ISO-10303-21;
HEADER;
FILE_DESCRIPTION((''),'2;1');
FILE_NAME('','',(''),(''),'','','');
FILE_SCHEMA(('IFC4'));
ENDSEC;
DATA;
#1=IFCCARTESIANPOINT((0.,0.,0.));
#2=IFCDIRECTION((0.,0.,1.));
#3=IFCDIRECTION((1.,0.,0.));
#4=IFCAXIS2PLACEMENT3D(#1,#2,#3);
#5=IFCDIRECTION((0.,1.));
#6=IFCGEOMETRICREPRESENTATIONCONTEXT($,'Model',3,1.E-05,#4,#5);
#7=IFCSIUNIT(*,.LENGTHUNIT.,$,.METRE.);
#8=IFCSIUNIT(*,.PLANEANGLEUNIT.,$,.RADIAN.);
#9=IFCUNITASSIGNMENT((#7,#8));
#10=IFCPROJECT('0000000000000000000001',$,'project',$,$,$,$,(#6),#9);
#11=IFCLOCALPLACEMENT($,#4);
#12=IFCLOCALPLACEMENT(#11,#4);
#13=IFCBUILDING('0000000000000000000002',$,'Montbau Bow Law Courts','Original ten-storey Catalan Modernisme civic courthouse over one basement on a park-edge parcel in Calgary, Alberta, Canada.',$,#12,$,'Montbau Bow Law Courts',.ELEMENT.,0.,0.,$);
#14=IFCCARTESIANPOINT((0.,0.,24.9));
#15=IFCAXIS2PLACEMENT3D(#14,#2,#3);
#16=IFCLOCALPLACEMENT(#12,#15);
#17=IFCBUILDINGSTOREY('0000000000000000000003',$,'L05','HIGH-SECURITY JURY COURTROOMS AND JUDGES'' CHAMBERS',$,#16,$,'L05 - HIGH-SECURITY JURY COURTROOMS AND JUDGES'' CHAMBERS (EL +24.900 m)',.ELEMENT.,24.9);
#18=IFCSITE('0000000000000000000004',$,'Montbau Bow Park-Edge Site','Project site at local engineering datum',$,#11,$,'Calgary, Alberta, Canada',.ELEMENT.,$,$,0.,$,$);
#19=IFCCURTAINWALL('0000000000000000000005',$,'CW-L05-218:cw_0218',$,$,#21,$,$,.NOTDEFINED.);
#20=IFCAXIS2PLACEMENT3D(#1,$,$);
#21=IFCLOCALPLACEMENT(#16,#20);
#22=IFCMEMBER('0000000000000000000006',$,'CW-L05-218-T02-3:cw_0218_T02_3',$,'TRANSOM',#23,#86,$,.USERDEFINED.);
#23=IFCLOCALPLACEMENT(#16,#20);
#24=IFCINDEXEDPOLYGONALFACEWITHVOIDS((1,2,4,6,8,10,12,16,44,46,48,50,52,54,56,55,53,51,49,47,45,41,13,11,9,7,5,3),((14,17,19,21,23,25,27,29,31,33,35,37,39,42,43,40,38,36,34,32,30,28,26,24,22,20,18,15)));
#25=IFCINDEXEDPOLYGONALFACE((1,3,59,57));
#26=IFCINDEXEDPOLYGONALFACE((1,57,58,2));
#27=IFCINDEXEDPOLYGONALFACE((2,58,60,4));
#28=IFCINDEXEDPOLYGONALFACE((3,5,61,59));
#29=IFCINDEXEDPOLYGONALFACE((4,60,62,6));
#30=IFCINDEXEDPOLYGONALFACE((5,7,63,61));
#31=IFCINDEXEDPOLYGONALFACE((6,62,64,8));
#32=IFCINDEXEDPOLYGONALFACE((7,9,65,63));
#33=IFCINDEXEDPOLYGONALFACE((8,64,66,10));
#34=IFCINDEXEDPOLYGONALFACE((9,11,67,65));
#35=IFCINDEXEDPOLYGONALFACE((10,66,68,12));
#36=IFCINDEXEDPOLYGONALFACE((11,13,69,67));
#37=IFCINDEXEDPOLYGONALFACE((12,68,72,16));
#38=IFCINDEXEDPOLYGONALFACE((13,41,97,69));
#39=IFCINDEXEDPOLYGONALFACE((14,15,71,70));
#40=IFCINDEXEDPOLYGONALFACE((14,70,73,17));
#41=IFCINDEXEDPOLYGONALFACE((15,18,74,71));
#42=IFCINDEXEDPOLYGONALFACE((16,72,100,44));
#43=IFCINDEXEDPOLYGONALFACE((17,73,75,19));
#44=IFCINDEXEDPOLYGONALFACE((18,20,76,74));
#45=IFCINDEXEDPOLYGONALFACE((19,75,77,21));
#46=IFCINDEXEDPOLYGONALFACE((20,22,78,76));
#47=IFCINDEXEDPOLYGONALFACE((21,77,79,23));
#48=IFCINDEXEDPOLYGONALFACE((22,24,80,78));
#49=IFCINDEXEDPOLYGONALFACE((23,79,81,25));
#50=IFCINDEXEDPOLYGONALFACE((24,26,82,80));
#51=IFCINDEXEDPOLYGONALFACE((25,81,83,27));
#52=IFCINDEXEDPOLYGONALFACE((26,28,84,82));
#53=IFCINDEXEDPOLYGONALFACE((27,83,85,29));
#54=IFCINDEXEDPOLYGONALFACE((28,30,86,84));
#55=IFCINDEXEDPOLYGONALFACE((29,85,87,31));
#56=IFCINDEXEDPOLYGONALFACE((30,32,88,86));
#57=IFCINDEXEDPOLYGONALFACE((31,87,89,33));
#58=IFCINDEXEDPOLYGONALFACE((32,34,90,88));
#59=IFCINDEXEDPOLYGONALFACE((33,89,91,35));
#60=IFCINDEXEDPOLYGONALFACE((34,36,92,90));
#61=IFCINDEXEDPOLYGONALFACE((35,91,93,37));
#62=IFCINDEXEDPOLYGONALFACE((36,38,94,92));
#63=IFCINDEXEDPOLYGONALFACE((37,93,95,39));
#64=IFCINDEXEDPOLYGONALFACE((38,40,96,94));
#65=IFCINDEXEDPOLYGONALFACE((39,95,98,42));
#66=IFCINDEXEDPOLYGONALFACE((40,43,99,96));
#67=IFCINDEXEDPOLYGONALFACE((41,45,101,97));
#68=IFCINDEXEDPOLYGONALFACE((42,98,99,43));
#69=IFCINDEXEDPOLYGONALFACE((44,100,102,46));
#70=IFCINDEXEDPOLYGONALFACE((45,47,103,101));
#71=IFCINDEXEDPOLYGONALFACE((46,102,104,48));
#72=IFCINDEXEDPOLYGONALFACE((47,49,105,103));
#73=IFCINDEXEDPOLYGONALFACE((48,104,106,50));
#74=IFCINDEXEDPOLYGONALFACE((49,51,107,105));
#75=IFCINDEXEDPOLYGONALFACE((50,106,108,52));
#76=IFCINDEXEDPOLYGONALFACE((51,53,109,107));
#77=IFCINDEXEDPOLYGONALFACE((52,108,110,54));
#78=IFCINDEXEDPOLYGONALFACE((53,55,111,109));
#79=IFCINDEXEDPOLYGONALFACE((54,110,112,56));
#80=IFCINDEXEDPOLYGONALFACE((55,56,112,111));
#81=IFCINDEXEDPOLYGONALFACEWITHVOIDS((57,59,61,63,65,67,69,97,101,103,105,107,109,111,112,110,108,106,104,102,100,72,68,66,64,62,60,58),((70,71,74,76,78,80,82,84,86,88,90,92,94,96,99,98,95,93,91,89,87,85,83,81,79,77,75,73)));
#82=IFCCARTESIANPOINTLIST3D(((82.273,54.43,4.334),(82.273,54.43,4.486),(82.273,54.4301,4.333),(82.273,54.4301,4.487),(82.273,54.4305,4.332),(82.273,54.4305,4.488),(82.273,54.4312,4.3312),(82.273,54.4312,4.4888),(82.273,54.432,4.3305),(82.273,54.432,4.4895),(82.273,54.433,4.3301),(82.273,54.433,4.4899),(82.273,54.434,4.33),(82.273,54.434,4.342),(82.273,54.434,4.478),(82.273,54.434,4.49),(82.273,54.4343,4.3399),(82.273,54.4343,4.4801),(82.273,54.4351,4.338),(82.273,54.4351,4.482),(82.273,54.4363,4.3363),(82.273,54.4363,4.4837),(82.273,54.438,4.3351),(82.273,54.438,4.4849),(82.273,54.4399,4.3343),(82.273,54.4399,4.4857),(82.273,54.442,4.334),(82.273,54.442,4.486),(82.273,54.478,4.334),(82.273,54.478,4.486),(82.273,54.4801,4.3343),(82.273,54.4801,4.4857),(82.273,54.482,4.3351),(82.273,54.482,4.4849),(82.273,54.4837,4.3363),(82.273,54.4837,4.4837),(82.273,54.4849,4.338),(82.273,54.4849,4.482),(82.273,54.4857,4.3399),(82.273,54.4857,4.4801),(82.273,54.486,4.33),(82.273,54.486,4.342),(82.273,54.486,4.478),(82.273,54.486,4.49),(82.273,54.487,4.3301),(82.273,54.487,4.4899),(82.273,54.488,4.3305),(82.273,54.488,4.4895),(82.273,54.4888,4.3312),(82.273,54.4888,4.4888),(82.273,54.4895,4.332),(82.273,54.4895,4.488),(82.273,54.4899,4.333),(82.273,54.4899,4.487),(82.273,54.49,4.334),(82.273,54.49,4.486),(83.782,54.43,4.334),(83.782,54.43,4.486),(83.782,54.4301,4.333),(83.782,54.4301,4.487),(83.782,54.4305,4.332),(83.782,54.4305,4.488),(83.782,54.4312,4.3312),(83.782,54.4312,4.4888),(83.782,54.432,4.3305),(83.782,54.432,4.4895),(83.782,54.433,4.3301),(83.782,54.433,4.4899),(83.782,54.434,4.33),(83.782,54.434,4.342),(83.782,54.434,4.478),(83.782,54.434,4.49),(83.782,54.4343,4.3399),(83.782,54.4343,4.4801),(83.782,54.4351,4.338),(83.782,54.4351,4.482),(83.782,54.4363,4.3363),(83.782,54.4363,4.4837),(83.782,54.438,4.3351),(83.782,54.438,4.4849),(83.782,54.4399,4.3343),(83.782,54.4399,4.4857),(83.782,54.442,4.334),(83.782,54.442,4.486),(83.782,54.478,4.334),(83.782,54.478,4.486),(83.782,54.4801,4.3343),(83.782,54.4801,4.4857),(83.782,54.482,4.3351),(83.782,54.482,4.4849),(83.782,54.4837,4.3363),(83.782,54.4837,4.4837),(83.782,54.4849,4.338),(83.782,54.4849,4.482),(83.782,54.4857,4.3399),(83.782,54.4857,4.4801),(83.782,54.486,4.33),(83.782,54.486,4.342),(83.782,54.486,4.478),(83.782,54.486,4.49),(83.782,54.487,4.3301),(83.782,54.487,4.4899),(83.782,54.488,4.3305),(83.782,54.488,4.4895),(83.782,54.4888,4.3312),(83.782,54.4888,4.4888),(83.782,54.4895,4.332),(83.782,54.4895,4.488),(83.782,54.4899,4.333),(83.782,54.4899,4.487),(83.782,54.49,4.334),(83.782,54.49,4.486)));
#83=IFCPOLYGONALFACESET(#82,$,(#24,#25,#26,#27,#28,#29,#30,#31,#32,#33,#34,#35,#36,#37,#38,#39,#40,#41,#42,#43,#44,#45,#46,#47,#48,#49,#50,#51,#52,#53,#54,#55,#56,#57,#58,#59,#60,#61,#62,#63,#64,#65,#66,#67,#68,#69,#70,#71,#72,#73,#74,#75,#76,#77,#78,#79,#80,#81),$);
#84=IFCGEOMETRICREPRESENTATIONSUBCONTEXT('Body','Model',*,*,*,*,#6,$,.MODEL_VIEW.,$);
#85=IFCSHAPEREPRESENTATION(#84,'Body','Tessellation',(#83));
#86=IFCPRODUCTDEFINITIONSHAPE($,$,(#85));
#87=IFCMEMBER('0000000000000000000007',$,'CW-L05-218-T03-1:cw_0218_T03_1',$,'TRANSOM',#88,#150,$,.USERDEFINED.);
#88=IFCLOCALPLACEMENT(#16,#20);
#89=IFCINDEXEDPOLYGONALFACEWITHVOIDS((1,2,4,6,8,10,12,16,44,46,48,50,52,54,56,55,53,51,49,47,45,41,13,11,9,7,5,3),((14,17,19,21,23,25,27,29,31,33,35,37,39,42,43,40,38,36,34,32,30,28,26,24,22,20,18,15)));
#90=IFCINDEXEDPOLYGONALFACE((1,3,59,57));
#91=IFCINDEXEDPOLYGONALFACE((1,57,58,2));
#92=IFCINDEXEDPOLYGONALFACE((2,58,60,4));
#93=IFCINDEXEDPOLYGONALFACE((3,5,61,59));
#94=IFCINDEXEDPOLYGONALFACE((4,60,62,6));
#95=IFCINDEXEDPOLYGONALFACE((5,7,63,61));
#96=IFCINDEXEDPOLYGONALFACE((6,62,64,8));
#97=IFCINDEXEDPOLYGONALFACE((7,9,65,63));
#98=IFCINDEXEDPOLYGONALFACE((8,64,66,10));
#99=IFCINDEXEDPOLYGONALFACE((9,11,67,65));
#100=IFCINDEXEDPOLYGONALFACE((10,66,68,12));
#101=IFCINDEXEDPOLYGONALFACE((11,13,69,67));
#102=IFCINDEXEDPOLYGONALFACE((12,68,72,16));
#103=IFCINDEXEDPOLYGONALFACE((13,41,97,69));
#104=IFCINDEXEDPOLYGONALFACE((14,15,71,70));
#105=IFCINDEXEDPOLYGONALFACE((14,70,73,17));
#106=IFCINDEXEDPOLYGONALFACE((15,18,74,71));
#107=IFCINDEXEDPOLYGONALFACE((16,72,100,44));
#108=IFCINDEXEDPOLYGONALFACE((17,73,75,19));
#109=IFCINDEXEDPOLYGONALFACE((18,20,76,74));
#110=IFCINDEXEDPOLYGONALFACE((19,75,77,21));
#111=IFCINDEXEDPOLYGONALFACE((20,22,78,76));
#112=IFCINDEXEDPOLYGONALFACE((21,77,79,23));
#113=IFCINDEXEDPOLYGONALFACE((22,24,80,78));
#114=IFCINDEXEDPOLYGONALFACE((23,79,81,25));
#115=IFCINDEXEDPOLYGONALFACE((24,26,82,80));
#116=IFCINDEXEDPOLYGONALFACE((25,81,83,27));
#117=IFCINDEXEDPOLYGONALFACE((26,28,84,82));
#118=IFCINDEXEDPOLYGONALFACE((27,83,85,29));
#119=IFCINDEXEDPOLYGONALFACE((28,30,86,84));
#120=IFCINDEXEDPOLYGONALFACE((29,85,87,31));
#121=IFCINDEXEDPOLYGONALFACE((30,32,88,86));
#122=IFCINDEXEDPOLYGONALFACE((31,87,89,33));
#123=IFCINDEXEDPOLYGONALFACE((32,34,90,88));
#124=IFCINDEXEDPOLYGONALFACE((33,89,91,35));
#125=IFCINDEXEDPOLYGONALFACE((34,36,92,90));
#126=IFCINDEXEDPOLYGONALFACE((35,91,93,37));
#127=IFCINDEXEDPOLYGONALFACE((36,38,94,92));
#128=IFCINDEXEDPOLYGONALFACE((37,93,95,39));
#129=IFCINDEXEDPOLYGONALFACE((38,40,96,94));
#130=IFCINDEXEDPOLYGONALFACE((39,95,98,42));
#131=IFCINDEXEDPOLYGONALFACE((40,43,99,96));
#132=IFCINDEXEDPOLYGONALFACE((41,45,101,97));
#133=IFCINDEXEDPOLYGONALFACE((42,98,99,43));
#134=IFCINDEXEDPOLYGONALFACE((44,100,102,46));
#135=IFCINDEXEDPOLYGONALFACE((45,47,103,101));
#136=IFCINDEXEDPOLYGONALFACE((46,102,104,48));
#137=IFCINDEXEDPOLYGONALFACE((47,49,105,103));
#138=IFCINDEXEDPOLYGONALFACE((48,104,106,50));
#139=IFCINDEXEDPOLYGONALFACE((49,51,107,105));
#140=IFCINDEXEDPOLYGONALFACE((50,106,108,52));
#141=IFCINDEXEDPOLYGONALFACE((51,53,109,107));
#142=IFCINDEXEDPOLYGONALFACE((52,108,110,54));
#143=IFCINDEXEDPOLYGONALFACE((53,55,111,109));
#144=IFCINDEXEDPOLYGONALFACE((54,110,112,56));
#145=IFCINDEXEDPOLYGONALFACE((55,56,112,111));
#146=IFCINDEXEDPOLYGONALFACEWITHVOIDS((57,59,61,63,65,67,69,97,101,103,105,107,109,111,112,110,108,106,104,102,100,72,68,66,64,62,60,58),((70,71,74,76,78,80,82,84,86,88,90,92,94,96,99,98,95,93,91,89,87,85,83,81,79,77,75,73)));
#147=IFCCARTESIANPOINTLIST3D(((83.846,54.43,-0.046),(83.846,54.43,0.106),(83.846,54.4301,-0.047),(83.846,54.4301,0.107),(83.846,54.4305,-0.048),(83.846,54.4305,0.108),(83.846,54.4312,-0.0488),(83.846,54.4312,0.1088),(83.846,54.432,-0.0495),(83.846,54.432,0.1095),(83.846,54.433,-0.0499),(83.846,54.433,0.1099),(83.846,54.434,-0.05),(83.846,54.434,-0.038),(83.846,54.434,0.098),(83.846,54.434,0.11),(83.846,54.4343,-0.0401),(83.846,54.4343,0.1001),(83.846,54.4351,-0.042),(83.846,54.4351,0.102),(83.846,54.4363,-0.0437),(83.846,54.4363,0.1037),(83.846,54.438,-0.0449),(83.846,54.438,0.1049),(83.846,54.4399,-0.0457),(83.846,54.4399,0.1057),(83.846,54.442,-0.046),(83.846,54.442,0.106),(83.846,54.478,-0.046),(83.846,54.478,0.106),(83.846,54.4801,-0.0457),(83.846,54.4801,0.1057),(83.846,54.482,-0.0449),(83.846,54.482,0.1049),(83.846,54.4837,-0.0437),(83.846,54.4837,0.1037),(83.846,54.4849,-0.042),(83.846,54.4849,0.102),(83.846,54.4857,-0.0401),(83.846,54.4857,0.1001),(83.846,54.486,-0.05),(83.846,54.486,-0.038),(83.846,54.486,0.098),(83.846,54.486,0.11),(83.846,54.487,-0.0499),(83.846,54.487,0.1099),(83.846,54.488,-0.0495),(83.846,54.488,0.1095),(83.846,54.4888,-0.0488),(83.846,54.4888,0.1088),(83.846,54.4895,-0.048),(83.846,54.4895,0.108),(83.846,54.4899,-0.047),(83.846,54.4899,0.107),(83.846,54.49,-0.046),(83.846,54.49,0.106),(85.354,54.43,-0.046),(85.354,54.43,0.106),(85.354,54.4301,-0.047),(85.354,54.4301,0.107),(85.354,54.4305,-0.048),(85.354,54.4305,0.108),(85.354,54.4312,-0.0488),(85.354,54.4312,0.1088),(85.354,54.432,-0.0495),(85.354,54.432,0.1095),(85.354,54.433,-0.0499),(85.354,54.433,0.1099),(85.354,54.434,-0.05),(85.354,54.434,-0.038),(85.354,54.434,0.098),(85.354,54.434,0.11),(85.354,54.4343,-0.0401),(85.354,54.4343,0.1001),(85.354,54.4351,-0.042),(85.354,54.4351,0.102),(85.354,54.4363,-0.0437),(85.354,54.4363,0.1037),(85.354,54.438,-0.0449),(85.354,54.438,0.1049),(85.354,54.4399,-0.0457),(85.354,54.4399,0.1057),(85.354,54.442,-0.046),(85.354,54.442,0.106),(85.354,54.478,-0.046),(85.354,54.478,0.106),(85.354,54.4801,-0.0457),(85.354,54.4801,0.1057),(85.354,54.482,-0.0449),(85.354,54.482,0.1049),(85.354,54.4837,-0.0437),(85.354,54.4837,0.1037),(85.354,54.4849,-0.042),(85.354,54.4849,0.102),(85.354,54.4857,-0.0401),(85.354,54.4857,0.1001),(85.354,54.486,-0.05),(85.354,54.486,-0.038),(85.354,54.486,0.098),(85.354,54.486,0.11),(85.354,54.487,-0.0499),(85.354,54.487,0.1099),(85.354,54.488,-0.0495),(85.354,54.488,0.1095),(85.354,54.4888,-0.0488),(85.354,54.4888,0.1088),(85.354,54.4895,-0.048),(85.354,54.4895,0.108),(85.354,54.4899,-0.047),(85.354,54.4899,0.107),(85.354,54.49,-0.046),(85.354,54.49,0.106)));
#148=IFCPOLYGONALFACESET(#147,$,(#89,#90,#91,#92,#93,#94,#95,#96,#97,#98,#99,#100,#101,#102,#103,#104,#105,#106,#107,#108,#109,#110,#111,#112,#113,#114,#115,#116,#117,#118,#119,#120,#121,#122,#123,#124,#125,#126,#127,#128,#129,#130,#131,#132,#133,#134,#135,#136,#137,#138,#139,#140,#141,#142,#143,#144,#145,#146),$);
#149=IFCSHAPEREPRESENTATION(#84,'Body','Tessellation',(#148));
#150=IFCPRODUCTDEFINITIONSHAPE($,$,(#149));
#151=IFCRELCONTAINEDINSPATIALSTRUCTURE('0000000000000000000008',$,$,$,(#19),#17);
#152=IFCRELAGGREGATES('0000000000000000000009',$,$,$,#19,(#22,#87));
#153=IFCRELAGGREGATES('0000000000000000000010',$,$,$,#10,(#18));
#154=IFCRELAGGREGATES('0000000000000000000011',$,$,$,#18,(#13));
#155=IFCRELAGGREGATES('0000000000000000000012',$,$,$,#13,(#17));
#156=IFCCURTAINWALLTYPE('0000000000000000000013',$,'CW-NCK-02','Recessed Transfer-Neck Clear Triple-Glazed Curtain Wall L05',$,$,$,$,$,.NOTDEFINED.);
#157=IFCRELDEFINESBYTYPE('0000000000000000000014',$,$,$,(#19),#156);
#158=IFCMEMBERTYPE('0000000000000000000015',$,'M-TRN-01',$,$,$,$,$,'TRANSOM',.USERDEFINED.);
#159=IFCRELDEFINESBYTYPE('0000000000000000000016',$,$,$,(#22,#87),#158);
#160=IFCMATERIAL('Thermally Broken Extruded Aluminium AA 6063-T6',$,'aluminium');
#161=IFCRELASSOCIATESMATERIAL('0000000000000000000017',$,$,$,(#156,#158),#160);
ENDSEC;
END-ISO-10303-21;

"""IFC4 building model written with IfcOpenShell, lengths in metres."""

from ifc_helpers import new_model, si_unit, direction, frame, origin_with_axes, origin_2d_with_axis, place, context, subcontext, project, spatial, hollow_rectangle, extrude, material, material_profile, profile_set, type_object, element, aggregate, save


model = new_model("IFC4")

# Units and contexts
model_context = context("Model", 3, precision=1e-05, world=origin_with_axes(), true_north=direction((0.0, 1.0)))
body_context = subcontext(model_context, "Body", "Model", "MODEL_VIEW")
ifc_project = project(units=[si_unit("LENGTHUNIT", "METRE"), si_unit("PLANEANGLEUNIT", "RADIAN")], contexts=[model_context])

# Site, building, storey
site_placement = place(None, origin_with_axes())
site = spatial("IfcSite", under=ifc_project, at=site_placement, Name="Montbau Bow Park-Edge Site", Description="Project site at local engineering datum", LongName="Calgary, Alberta, Canada", CompositionType="ELEMENT", RefElevation=0.0)
building_placement = place(site_placement, origin_with_axes())
building = spatial("IfcBuilding", under=site, at=building_placement, Name="Montbau Bow Law Courts", Description="Original ten-storey Catalan Modernisme civic courthouse over one basement on a park-edge parcel in Calgary, Alberta, Canada.", LongName="Montbau Bow Law Courts", CompositionType="ELEMENT", ElevationOfRefHeight=0.0, ElevationOfTerrain=0.0)
storey_placement = place(building_placement, frame((0.0, 0.0, 24.9), z_axis=(0.0, 0.0, 1.0), x_axis=(1.0, 0.0, 0.0)))
storey = spatial("IfcBuildingStorey", under=building, at=storey_placement, Name="L05", Description="HIGH-SECURITY JURY COURTROOMS AND JUDGES' CHAMBERS", LongName="L05 - HIGH-SECURITY JURY COURTROOMS AND JUDGES' CHAMBERS (EL +24.900 m)", CompositionType="ELEMENT", Elevation=24.9)

# Curtain wall, members
ifc_material_1 = material(Name="Thermally Broken Extruded Aluminium AA 6063-T6", Category="aluminium")
curtain_wall_type = type_object("IfcCurtainWallType", Name="CW-NCK-02", Description="Recessed Transfer-Neck Clear Triple-Glazed Curtain Wall L05", PredefinedType="NOTDEFINED", material=ifc_material_1)
curtain_wall_placement = place(None, frame((80.668, 54.46, 24.9), z_axis=(0.0, 0.0, 1.0), x_axis=(1.0, 0.0, 0.0)))
curtain_wall = element("IfcCurtainWall", 1, at=curtain_wall_placement, inside=storey, type_object=curtain_wall_type, Name="CW-L05-218:cw_0218", PredefinedType="NOTDEFINED")
ifc_material_profile_1 = material_profile(ifc_material_1, hollow_rectangle(XDim=0.06, YDim=0.16, WallThickness=0.004, InnerFilletRadius=0.008, OuterFilletRadius=0.004, at=origin_2d_with_axis()), Name="CWT-160X60", Category="Main", Priority=0)
ifc_profile_set_1 = profile_set([ifc_material_profile_1], Name="Thermally Broken Extruded Aluminium AA 6063-T6")
member_type_1 = type_object("IfcMemberType", Name="M-TRN-01", ElementType="TRANSOM", PredefinedType="USERDEFINED", material=ifc_profile_set_1)
member_1_placement = place(None, frame((82.273, 54.46, 29.31), z_axis=(1.0, 0.0, 0.0), x_axis=(0.0, 1.0, 0.0)))
member_1 = element("IfcMember", 2, at=member_1_placement, type_object=member_type_1, Name="CW-L05-218-T02-3:cw_0218_T02_3", ObjectType="TRANSOM", PredefinedType="USERDEFINED", context=body_context, shape_type="SweptSolid", body=[
    extrude(hollow_rectangle(XDim=0.06, YDim=0.16, WallThickness=0.004, InnerFilletRadius=0.008, OuterFilletRadius=0.004, at=origin_2d_with_axis()), origin_with_axes(), (0.0, 0.0, 1.0), 1.509),
])
member_2_placement = place(None, frame((83.846, 54.46, 24.93), z_axis=(1.0, 0.0, 0.0), x_axis=(0.0, 1.0, 0.0)))
member_2 = element("IfcMember", 3, at=member_2_placement, type_object=member_type_1, Name="CW-L05-218-T03-1:cw_0218_T03_1", ObjectType="TRANSOM", PredefinedType="USERDEFINED", context=body_context, shape_type="SweptSolid", body=[
    extrude(hollow_rectangle(XDim=0.06, YDim=0.16, WallThickness=0.004, InnerFilletRadius=0.008, OuterFilletRadius=0.004, at=origin_2d_with_axis()), origin_with_axes(), (0.0, 0.0, 1.0), 1.508),
])
aggregate(curtain_wall, [member_1, member_2])

save(model, "model.ifc")
